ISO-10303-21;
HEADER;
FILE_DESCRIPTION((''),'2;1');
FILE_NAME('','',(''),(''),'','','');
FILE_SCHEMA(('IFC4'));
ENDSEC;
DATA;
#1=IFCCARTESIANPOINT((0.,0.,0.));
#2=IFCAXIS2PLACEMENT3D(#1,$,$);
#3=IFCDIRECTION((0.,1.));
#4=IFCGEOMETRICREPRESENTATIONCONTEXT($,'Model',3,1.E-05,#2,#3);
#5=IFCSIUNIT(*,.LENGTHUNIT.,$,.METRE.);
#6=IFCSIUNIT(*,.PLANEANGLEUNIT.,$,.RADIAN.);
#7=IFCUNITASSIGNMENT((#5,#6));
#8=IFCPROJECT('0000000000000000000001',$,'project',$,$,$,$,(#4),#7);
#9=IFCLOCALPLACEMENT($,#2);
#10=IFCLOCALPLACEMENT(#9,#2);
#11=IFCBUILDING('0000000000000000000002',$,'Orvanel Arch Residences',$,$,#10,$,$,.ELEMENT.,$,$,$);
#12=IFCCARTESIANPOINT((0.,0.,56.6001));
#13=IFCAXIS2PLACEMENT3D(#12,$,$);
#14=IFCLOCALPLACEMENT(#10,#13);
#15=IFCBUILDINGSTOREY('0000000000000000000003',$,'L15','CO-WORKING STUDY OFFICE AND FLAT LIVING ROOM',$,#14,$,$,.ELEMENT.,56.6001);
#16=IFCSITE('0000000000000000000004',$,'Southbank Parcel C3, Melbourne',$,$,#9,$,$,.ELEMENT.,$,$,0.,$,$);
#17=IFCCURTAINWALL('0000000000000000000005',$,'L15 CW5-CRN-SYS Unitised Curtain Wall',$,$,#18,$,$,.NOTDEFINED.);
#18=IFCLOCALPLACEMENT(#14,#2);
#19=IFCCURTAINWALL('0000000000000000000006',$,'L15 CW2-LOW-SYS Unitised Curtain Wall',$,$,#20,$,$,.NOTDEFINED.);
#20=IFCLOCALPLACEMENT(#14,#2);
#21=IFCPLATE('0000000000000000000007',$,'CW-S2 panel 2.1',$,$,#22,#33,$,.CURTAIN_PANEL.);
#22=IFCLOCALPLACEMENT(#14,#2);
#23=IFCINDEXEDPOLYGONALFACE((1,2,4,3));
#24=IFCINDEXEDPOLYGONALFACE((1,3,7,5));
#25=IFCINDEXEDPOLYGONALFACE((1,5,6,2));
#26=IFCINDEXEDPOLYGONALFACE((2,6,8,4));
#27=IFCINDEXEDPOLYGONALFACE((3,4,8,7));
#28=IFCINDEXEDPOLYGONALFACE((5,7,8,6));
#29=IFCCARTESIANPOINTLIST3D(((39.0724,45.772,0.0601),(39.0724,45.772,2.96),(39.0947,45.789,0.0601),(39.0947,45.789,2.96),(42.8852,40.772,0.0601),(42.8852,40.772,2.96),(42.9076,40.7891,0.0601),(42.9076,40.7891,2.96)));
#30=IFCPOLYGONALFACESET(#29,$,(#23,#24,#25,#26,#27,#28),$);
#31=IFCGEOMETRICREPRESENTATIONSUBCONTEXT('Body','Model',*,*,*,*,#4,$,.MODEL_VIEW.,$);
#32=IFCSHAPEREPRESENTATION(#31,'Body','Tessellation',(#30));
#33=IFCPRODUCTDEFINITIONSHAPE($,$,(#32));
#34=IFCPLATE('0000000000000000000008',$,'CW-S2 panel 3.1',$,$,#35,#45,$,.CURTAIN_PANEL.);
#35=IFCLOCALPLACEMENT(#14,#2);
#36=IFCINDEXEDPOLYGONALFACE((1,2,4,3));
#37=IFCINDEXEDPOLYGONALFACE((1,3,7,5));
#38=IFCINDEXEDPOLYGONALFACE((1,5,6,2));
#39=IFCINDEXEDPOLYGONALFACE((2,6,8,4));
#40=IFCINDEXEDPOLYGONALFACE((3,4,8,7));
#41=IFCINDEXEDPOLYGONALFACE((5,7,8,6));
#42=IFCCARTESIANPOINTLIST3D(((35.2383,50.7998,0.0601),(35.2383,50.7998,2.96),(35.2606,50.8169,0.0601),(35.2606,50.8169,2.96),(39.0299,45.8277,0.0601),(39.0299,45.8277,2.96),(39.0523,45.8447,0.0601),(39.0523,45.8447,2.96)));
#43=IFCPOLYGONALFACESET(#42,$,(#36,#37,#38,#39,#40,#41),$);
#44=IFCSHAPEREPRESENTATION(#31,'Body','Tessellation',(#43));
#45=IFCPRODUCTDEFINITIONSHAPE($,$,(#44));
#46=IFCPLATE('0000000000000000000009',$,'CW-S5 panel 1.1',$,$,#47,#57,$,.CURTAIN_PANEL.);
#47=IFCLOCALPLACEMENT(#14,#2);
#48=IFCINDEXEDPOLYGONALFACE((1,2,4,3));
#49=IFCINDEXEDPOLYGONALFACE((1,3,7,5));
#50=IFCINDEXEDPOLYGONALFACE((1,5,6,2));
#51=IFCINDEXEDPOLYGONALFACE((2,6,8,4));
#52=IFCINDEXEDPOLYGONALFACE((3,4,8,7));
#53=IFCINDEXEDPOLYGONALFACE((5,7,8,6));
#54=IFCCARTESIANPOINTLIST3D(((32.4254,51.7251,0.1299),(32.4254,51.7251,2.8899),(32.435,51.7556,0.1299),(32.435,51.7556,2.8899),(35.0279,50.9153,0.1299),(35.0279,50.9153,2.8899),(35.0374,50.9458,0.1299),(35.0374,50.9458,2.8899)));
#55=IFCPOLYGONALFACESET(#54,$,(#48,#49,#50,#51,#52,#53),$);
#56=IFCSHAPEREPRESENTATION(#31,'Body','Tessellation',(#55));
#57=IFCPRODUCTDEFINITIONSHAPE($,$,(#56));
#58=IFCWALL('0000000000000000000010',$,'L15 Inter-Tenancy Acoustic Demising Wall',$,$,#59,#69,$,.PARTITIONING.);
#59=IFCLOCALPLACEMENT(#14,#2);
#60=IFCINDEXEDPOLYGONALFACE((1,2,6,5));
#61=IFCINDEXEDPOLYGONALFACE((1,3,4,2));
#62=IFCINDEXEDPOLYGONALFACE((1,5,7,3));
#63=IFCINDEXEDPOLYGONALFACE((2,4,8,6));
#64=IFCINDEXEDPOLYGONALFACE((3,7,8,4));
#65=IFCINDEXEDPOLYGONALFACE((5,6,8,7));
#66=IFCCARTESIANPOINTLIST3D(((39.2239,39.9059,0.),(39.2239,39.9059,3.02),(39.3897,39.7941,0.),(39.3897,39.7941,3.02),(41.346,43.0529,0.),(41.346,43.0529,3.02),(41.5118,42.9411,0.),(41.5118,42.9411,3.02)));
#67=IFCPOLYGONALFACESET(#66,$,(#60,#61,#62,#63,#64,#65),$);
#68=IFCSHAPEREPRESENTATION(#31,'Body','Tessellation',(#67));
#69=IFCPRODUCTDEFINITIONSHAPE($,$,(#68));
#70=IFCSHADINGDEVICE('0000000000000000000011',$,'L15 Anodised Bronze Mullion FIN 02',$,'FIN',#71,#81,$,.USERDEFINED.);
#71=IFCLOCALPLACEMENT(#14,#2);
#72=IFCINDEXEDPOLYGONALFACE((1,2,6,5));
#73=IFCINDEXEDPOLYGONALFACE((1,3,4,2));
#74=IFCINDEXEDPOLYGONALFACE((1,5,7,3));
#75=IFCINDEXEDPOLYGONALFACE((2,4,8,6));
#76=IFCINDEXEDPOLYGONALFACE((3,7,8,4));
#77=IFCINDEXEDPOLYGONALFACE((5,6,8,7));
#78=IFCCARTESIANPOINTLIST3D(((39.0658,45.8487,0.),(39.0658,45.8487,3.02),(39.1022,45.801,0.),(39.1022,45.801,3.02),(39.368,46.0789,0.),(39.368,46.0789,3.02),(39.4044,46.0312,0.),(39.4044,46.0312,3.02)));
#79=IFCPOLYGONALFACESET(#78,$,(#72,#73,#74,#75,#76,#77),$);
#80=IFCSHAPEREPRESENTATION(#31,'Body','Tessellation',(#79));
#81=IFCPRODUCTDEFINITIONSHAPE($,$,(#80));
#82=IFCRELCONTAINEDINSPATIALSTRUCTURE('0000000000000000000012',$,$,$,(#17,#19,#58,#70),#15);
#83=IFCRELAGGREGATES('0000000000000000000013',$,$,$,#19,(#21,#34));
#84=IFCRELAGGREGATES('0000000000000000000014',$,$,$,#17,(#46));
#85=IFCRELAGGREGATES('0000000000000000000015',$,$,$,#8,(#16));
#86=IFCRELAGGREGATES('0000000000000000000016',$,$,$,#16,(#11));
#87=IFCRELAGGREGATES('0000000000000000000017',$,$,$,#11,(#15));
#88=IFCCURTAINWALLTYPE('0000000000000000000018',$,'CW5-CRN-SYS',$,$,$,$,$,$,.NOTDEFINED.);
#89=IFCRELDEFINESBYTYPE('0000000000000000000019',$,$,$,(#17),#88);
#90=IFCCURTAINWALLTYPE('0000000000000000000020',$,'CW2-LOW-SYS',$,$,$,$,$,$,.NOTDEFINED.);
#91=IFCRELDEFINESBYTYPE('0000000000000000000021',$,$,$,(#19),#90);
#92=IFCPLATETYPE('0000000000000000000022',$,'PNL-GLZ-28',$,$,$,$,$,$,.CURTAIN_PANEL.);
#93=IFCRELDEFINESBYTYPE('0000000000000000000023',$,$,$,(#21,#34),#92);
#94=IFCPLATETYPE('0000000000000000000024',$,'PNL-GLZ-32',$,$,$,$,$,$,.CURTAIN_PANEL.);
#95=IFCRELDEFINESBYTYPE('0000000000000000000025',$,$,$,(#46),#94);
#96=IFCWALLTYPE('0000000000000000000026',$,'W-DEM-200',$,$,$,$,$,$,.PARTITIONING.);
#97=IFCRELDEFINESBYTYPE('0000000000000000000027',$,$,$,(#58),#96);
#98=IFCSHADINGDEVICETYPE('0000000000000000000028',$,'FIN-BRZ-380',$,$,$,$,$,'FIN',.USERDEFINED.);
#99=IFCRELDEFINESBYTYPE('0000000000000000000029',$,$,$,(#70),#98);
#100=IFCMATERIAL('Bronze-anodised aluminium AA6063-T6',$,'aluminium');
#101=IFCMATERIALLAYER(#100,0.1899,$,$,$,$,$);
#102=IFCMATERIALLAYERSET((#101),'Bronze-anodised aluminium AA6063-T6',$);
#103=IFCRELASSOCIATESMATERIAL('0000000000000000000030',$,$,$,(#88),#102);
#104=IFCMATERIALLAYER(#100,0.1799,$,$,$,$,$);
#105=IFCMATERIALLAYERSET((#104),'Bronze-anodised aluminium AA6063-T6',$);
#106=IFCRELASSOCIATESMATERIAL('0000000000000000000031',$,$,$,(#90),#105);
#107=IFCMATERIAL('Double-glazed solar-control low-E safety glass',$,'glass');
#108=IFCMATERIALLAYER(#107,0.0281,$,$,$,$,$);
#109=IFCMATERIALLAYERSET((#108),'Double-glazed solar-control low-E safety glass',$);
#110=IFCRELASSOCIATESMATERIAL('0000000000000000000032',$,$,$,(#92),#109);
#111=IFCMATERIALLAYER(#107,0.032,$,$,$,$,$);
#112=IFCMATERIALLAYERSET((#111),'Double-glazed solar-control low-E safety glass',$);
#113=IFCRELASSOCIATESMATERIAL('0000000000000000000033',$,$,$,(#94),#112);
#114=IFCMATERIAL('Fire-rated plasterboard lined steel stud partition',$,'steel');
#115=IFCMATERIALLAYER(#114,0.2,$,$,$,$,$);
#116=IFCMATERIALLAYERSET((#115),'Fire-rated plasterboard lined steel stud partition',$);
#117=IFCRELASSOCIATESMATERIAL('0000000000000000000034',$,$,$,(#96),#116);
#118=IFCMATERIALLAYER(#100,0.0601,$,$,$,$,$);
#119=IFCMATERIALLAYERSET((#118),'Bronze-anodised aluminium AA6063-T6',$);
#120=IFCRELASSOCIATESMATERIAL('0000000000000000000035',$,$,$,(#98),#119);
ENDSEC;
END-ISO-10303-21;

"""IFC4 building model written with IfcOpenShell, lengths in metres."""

from ifc_helpers import new_model, si_unit, direction, frame, frame_2d, origin, origin_2d, place, context, subcontext, project, spatial, rectangle, extrude, material, layer, layer_set, type_object, element, aggregate, save


model = new_model("IFC4")

# Units and contexts
model_context = context("Model", 3, precision=1e-05, world=origin(), true_north=direction((0.0, 1.0)))
body_context = subcontext(model_context, "Body", "Model", "MODEL_VIEW")
ifc_project = project(units=[si_unit("LENGTHUNIT", "METRE"), si_unit("PLANEANGLEUNIT", "RADIAN")], contexts=[model_context])

# Site, building, storey
site_placement = place(None, origin())
site = spatial("IfcSite", under=ifc_project, at=site_placement, Name="Southbank Parcel C3, Melbourne", CompositionType="ELEMENT", RefElevation=0.0)
building_placement = place(site_placement, origin())
building = spatial("IfcBuilding", under=site, at=building_placement, Name="Orvanel Arch Residences", CompositionType="ELEMENT")
storey_placement = place(building_placement, frame((0.0, 0.0, 56.6001)))
storey = spatial("IfcBuildingStorey", under=building, at=storey_placement, Name="L15", Description="CO-WORKING STUDY OFFICE AND FLAT LIVING ROOM", CompositionType="ELEMENT", Elevation=56.6001)

# Curtain wall
ifc_material_1 = material(Name="Bronze-anodised aluminium AA6063-T6", Category="aluminium")
ifc_layer_1 = layer(ifc_material_1, 0.1899)
ifc_layer_set_1 = layer_set([ifc_layer_1], Name="Bronze-anodised aluminium AA6063-T6")
curtain_wall_type_1 = type_object("IfcCurtainWallType", Name="CW5-CRN-SYS", PredefinedType="NOTDEFINED", material=ifc_layer_set_1)
curtain_wall_1_placement = place(storey_placement, origin())
curtain_wall_1 = element("IfcCurtainWall", 1, at=curtain_wall_1_placement, inside=storey, type_object=curtain_wall_type_1, Name="L15 CW5-CRN-SYS Unitised Curtain Wall", PredefinedType="NOTDEFINED")

# Curtain wall
ifc_layer_2 = layer(ifc_material_1, 0.1799)
ifc_layer_set_2 = layer_set([ifc_layer_2], Name="Bronze-anodised aluminium AA6063-T6")
curtain_wall_type_2 = type_object("IfcCurtainWallType", Name="CW2-LOW-SYS", PredefinedType="NOTDEFINED", material=ifc_layer_set_2)
curtain_wall_2_placement = place(storey_placement, origin())
curtain_wall_2 = element("IfcCurtainWall", 2, at=curtain_wall_2_placement, inside=storey, type_object=curtain_wall_type_2, Name="L15 CW2-LOW-SYS Unitised Curtain Wall", PredefinedType="NOTDEFINED")

# Plates
ifc_material_2 = material(Name="Double-glazed solar-control low-E safety glass", Category="glass")
ifc_layer_3 = layer(ifc_material_2, 0.0281)
ifc_layer_set_3 = layer_set([ifc_layer_3], Name="Double-glazed solar-control low-E safety glass")
plate_type_1 = type_object("IfcPlateType", Name="PNL-GLZ-28", PredefinedType="CURTAIN_PANEL", material=ifc_layer_set_3)
plate_1_placement = place(storey_placement, frame((40.99, 43.2805, 0.0601), z_axis=(0.0, 0.0, 1.0), x_axis=(-0.606381, 0.795174, 0.0)))
plate_1 = element("IfcPlate", 3, at=plate_1_placement, type_object=plate_type_1, Name="CW-S2 panel 2.1", PredefinedType="CURTAIN_PANEL", context=body_context, shape_type="SweptSolid", body=[
    extrude(rectangle(XDim=6.2878, YDim=0.0281, at=origin_2d()), origin(), (0.0, 0.0, 1.0), 2.8999),
])
plate_2_placement = place(storey_placement, frame((37.1453, 48.3223, 0.0601), z_axis=(0.0, 0.0, 1.0), x_axis=(-0.606381, 0.795174, 0.0)))
plate_2 = element("IfcPlate", 4, at=plate_2_placement, type_object=plate_type_1, Name="CW-S2 panel 3.1", PredefinedType="CURTAIN_PANEL", context=body_context, shape_type="SweptSolid", body=[
    extrude(rectangle(XDim=6.2529, YDim=0.0281, at=origin_2d()), origin(), (0.0, 0.0, 1.0), 2.8999),
])
aggregate(curtain_wall_2, [plate_1, plate_2])
ifc_layer_4 = layer(ifc_material_2, 0.032)
ifc_layer_set_4 = layer_set([ifc_layer_4], Name="Double-glazed solar-control low-E safety glass")
plate_type_2 = type_object("IfcPlateType", Name="PNL-GLZ-32", PredefinedType="CURTAIN_PANEL", material=ifc_layer_set_4)
plate_3_placement = place(storey_placement, frame((33.7314, 51.3354, 0.1299), z_axis=(0.0, 0.0, 1.0), x_axis=(-0.954838, 0.297127, 0.0)))
plate_3 = element("IfcPlate", 5, at=plate_3_placement, type_object=plate_type_2, Name="CW-S5 panel 1.1", PredefinedType="CURTAIN_PANEL", context=body_context, shape_type="SweptSolid", body=[
    extrude(rectangle(XDim=2.7256, YDim=0.032, at=origin_2d()), origin(), (0.0, 0.0, 1.0), 2.76),
])
aggregate(curtain_wall_1, [plate_3])

# Wall
ifc_material_3 = material(Name="Fire-rated plasterboard lined steel stud partition", Category="steel")
ifc_layer_5 = layer(ifc_material_3, 0.2)
ifc_layer_set_5 = layer_set([ifc_layer_5], Name="Fire-rated plasterboard lined steel stud partition")
wall_type = type_object("IfcWallType", Name="W-DEM-200", PredefinedType="PARTITIONING", material=ifc_layer_set_5)
wall_placement = place(storey_placement, frame((41.429, 42.9971, 0.0), z_axis=(0.0, 0.0, 1.0), x_axis=(-0.559086, -0.82911, 0.0)))
element("IfcWall", 6, at=wall_placement, inside=storey, type_object=wall_type, Name="L15 Inter-Tenancy Acoustic Demising Wall", PredefinedType="PARTITIONING", context=body_context, shape_type="SweptSolid", body=[
    extrude(rectangle(XDim=3.7957, YDim=0.2, at=frame_2d((1.8979, 0.0))), origin(), (0.0, 0.0, 1.0), 3.02),
])

# Shading device
ifc_layer_6 = layer(ifc_material_1, 0.0601)
ifc_layer_set_6 = layer_set([ifc_layer_6], Name="Bronze-anodised aluminium AA6063-T6")
shading_device_type = type_object("IfcShadingDeviceType", Name="FIN-BRZ-380", ElementType="FIN", PredefinedType="USERDEFINED", material=ifc_layer_set_6)
shading_device_placement = place(storey_placement, frame((39.2351, 45.9399, 0.0), z_axis=(0.0, 0.0, 1.0), x_axis=(0.795473, 0.605988, 0.0)))
element("IfcShadingDevice", 7, at=shading_device_placement, inside=storey, type_object=shading_device_type, Name="L15 Anodised Bronze Mullion FIN 02", ObjectType="FIN", PredefinedType="USERDEFINED", context=body_context, shape_type="SweptSolid", body=[
    extrude(rectangle(XDim=0.3799, YDim=0.0601, at=origin_2d()), origin(), (0.0, 0.0, 1.0), 3.02),
])

save(model, "model.ifc")
